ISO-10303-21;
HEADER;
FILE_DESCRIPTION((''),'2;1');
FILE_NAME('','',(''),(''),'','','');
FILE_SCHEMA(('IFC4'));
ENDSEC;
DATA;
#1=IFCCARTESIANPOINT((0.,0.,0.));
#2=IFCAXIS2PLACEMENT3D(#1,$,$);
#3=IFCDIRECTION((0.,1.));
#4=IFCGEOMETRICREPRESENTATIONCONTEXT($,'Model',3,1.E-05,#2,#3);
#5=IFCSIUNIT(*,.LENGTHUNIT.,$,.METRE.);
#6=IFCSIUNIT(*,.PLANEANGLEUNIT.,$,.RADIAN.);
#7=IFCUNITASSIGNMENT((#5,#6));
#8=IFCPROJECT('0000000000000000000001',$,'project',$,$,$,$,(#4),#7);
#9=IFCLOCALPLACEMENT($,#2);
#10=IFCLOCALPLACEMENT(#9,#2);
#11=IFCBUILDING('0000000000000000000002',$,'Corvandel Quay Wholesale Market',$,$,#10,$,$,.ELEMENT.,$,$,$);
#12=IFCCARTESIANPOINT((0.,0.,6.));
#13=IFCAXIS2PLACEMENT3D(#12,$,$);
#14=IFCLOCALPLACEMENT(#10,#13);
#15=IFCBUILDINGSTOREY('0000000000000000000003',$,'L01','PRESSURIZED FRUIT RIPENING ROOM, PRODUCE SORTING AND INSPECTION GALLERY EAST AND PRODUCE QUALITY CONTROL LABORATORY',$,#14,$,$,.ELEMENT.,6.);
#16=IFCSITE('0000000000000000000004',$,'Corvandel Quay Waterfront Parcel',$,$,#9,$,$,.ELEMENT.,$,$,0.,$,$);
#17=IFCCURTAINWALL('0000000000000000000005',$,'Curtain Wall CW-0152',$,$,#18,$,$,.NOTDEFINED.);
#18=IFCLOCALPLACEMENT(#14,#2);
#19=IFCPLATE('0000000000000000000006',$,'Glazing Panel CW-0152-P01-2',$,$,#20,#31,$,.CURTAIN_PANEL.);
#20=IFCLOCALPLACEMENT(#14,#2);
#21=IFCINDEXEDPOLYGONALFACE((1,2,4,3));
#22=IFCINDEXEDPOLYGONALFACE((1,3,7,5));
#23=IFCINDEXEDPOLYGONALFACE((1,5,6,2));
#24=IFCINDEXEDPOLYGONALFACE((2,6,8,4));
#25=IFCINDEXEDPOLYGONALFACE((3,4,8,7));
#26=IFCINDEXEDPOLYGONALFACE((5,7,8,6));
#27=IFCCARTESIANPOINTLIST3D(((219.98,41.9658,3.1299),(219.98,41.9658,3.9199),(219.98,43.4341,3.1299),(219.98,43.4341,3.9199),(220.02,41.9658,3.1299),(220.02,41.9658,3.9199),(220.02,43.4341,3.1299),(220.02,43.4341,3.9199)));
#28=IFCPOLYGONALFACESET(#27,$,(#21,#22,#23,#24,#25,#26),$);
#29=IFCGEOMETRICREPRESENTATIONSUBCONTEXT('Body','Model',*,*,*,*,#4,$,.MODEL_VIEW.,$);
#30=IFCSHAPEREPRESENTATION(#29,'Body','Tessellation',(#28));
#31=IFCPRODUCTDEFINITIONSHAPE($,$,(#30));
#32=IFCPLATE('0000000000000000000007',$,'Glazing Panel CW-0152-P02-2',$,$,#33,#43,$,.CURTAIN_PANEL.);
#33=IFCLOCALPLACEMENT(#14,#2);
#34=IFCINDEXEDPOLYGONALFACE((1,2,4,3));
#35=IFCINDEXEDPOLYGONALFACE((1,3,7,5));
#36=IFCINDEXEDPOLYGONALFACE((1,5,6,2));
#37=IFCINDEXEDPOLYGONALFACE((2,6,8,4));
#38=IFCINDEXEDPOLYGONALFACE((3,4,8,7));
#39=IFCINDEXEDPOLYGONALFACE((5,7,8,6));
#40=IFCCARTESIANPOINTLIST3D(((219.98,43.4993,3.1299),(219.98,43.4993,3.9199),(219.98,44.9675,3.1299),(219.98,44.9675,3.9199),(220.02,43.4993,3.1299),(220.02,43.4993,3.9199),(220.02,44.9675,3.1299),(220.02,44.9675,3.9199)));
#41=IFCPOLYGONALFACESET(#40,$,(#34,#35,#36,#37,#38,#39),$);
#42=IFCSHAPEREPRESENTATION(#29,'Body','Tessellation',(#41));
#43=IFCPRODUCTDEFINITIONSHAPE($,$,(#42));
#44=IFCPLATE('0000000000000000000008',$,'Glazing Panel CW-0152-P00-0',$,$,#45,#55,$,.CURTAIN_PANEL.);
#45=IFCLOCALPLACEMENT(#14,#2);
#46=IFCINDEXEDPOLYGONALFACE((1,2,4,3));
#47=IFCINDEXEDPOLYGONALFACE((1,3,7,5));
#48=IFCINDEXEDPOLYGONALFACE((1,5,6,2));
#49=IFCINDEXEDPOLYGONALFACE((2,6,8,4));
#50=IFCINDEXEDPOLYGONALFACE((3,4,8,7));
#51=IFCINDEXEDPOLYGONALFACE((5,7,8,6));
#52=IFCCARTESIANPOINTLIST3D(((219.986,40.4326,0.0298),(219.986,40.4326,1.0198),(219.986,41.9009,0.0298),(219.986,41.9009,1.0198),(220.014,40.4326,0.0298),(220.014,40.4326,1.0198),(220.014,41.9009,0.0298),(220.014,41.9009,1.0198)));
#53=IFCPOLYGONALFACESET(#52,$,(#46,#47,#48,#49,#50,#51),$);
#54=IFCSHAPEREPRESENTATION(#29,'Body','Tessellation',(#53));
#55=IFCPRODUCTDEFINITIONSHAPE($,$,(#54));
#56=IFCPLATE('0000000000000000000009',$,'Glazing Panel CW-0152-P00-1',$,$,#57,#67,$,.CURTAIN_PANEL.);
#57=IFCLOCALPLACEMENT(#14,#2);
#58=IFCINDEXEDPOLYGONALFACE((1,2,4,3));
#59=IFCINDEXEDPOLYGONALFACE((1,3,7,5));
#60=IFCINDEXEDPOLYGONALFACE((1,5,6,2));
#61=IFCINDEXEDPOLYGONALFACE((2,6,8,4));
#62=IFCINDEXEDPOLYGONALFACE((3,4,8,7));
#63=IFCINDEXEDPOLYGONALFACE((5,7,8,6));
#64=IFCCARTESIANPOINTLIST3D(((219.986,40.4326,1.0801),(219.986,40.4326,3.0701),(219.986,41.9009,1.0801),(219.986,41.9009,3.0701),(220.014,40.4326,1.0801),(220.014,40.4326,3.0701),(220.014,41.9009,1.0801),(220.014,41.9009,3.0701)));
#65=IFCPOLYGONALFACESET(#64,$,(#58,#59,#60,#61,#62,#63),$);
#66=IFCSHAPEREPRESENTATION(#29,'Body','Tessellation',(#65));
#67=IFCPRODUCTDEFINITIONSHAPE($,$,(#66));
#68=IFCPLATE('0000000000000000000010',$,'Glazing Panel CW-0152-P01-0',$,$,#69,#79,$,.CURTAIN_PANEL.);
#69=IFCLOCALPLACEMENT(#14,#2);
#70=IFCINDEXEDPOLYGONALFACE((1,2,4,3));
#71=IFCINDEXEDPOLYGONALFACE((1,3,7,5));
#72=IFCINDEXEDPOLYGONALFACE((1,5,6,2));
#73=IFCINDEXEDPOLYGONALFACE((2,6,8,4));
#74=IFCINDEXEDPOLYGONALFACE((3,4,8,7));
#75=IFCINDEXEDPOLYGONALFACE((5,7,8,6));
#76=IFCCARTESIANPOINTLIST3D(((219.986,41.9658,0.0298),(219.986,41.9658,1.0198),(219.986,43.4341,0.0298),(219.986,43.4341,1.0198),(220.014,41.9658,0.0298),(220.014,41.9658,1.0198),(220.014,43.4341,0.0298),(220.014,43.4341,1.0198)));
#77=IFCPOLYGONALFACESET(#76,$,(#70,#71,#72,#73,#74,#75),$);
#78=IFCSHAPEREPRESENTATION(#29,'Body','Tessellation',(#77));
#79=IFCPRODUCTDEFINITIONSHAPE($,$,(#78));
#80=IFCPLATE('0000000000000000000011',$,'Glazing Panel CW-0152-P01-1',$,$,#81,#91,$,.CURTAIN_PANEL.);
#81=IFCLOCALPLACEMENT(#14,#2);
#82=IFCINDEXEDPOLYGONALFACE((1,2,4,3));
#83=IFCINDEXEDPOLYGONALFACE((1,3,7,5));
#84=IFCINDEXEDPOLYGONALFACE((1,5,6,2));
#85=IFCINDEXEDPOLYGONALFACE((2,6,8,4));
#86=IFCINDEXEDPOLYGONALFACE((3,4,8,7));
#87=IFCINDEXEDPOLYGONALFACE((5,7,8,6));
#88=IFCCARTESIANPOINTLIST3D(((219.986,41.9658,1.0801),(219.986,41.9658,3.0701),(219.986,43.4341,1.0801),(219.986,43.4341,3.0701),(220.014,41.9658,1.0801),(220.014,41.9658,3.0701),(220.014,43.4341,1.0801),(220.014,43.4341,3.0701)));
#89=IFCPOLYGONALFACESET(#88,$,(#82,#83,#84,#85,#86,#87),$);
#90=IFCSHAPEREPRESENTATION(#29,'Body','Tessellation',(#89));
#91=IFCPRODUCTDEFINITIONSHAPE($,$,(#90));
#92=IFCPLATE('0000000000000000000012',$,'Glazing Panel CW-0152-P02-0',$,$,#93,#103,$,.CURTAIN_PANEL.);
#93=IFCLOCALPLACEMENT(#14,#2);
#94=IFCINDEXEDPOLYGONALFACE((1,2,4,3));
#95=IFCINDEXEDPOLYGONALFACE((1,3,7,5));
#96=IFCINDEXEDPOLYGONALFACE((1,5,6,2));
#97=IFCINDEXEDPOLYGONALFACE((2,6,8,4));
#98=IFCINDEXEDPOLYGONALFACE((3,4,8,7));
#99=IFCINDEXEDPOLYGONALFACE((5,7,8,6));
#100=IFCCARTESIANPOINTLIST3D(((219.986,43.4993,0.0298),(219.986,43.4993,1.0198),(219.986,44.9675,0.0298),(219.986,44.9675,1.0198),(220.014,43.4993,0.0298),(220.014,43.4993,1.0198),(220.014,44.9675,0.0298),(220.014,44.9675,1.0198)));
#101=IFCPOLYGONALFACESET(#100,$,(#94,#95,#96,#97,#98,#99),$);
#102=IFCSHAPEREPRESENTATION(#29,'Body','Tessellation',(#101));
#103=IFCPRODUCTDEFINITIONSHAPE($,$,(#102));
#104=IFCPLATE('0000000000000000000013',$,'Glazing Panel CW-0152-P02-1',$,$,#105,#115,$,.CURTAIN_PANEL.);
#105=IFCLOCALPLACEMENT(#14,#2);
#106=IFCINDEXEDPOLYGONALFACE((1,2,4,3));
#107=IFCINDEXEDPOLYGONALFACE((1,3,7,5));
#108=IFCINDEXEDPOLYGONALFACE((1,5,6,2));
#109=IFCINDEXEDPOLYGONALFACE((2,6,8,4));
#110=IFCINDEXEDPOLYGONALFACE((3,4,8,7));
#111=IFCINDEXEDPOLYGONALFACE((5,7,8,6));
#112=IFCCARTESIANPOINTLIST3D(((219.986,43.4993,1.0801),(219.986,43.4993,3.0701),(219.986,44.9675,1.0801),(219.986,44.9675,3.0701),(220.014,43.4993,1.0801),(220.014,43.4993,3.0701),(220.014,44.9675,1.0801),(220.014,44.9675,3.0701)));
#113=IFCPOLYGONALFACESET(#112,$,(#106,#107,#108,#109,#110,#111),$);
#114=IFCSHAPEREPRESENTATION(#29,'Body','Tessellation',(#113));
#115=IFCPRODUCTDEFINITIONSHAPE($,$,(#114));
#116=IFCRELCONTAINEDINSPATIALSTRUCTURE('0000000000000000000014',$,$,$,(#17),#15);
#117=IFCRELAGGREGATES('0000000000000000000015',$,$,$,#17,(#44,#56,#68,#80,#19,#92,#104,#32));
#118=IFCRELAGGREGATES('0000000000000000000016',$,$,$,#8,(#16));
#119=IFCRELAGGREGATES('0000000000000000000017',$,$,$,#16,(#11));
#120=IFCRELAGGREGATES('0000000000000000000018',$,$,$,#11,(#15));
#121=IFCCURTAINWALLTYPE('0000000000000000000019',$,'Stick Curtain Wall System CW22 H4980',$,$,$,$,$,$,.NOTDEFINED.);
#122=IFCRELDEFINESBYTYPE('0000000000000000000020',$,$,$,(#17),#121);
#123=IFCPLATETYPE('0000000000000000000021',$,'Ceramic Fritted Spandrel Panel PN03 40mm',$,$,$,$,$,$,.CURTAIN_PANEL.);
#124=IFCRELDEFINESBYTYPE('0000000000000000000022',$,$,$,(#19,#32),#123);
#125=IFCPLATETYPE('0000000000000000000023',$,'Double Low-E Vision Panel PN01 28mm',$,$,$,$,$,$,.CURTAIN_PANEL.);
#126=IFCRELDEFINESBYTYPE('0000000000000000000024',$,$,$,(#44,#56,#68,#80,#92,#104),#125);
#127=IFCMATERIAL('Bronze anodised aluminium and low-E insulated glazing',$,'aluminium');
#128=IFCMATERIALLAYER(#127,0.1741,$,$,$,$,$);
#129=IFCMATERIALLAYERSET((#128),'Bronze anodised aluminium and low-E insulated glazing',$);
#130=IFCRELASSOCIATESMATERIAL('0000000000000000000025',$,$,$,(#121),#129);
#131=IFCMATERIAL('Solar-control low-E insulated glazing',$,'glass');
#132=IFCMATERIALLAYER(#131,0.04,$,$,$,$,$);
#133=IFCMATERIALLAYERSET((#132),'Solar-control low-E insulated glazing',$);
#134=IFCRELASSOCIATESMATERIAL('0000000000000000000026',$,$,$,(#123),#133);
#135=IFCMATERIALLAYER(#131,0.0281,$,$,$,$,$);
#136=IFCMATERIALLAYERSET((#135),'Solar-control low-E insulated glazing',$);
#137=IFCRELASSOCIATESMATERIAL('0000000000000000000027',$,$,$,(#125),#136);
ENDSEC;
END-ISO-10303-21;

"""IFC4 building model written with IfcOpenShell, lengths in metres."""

from ifc_helpers import new_model, si_unit, direction, frame, origin, origin_2d, place, context, subcontext, project, spatial, rectangle, extrude, material, layer, layer_set, type_object, element, aggregate, save


model = new_model("IFC4")

# Units and contexts
model_context = context("Model", 3, precision=1e-05, world=origin(), true_north=direction((0.0, 1.0)))
body_context = subcontext(model_context, "Body", "Model", "MODEL_VIEW")
ifc_project = project(units=[si_unit("LENGTHUNIT", "METRE"), si_unit("PLANEANGLEUNIT", "RADIAN")], contexts=[model_context])

# Site, building, storey
site_placement = place(None, origin())
site = spatial("IfcSite", under=ifc_project, at=site_placement, Name="Corvandel Quay Waterfront Parcel", CompositionType="ELEMENT", RefElevation=0.0)
building_placement = place(site_placement, origin())
building = spatial("IfcBuilding", under=site, at=building_placement, Name="Corvandel Quay Wholesale Market", CompositionType="ELEMENT")
storey_placement = place(building_placement, frame((0.0, 0.0, 6.0)))
storey = spatial("IfcBuildingStorey", under=building, at=storey_placement, Name="L01", Description="PRESSURIZED FRUIT RIPENING ROOM, PRODUCE SORTING AND INSPECTION GALLERY EAST AND PRODUCE QUALITY CONTROL LABORATORY", CompositionType="ELEMENT", Elevation=6.0)

# Curtain wall, plates
ifc_material_1 = material(Name="Bronze anodised aluminium and low-E insulated glazing", Category="aluminium")
ifc_layer_1 = layer(ifc_material_1, 0.1741)
ifc_layer_set_1 = layer_set([ifc_layer_1], Name="Bronze anodised aluminium and low-E insulated glazing")
curtain_wall_type = type_object("IfcCurtainWallType", Name="Stick Curtain Wall System CW22 H4980", PredefinedType="NOTDEFINED", material=ifc_layer_set_1)
curtain_wall_placement = place(storey_placement, origin())
curtain_wall = element("IfcCurtainWall", 1, at=curtain_wall_placement, inside=storey, type_object=curtain_wall_type, Name="Curtain Wall CW-0152", PredefinedType="NOTDEFINED")
ifc_material_2 = material(Name="Solar-control low-E insulated glazing", Category="glass")
ifc_layer_2 = layer(ifc_material_2, 0.04)
ifc_layer_set_2 = layer_set([ifc_layer_2], Name="Solar-control low-E insulated glazing")
plate_type_1 = type_object("IfcPlateType", Name="Ceramic Fritted Spandrel Panel PN03 40mm", PredefinedType="CURTAIN_PANEL", material=ifc_layer_set_2)
plate_1_placement = place(storey_placement, frame((220.0, 42.7, 3.1299), z_axis=(0.0, 0.0, 1.0), x_axis=(0.0, 1.0, 0.0)))
plate_1 = element("IfcPlate", 2, at=plate_1_placement, type_object=plate_type_1, Name="Glazing Panel CW-0152-P01-2", PredefinedType="CURTAIN_PANEL", context=body_context, shape_type="SweptSolid", body=[
    extrude(rectangle(XDim=1.4683, YDim=0.04, at=origin_2d()), origin(), (0.0, 0.0, 1.0), 0.79),
])
plate_2_placement = place(storey_placement, frame((220.0, 44.2334, 3.1299), z_axis=(0.0, 0.0, 1.0), x_axis=(0.0, 1.0, 0.0)))
plate_2 = element("IfcPlate", 3, at=plate_2_placement, type_object=plate_type_1, Name="Glazing Panel CW-0152-P02-2", PredefinedType="CURTAIN_PANEL", context=body_context, shape_type="SweptSolid", body=[
    extrude(rectangle(XDim=1.4683, YDim=0.04, at=origin_2d()), origin(), (0.0, 0.0, 1.0), 0.79),
])
ifc_layer_3 = layer(ifc_material_2, 0.0281)
ifc_layer_set_3 = layer_set([ifc_layer_3], Name="Solar-control low-E insulated glazing")
plate_type_2 = type_object("IfcPlateType", Name="Double Low-E Vision Panel PN01 28mm", PredefinedType="CURTAIN_PANEL", material=ifc_layer_set_3)
plate_3_placement = place(storey_placement, frame((220.0, 41.1667, 0.0298), z_axis=(0.0, 0.0, 1.0), x_axis=(0.0, 1.0, 0.0)))
plate_3 = element("IfcPlate", 4, at=plate_3_placement, type_object=plate_type_2, Name="Glazing Panel CW-0152-P00-0", PredefinedType="CURTAIN_PANEL", context=body_context, shape_type="SweptSolid", body=[
    extrude(rectangle(XDim=1.4683, YDim=0.0281, at=origin_2d()), origin(), (0.0, 0.0, 1.0), 0.99),
])
plate_4_placement = place(storey_placement, frame((220.0, 41.1667, 1.0801), z_axis=(0.0, 0.0, 1.0), x_axis=(0.0, 1.0, 0.0)))
plate_4 = element("IfcPlate", 5, at=plate_4_placement, type_object=plate_type_2, Name="Glazing Panel CW-0152-P00-1", PredefinedType="CURTAIN_PANEL", context=body_context, shape_type="SweptSolid", body=[
    extrude(rectangle(XDim=1.4683, YDim=0.0281, at=origin_2d()), origin(), (0.0, 0.0, 1.0), 1.99),
])
plate_5_placement = place(storey_placement, frame((220.0, 42.7, 0.0298), z_axis=(0.0, 0.0, 1.0), x_axis=(0.0, 1.0, 0.0)))
plate_5 = element("IfcPlate", 6, at=plate_5_placement, type_object=plate_type_2, Name="Glazing Panel CW-0152-P01-0", PredefinedType="CURTAIN_PANEL", context=body_context, shape_type="SweptSolid", body=[
    extrude(rectangle(XDim=1.4683, YDim=0.0281, at=origin_2d()), origin(), (0.0, 0.0, 1.0), 0.99),
])
plate_6_placement = place(storey_placement, frame((220.0, 42.7, 1.0801), z_axis=(0.0, 0.0, 1.0), x_axis=(0.0, 1.0, 0.0)))
plate_6 = element("IfcPlate", 7, at=plate_6_placement, type_object=plate_type_2, Name="Glazing Panel CW-0152-P01-1", PredefinedType="CURTAIN_PANEL", context=body_context, shape_type="SweptSolid", body=[
    extrude(rectangle(XDim=1.4683, YDim=0.0281, at=origin_2d()), origin(), (0.0, 0.0, 1.0), 1.99),
])
plate_7_placement = place(storey_placement, frame((220.0, 44.2334, 0.0298), z_axis=(0.0, 0.0, 1.0), x_axis=(0.0, 1.0, 0.0)))
plate_7 = element("IfcPlate", 8, at=plate_7_placement, type_object=plate_type_2, Name="Glazing Panel CW-0152-P02-0", PredefinedType="CURTAIN_PANEL", context=body_context, shape_type="SweptSolid", body=[
    extrude(rectangle(XDim=1.4683, YDim=0.0281, at=origin_2d()), origin(), (0.0, 0.0, 1.0), 0.99),
])
plate_8_placement = place(storey_placement, frame((220.0, 44.2334, 1.0801), z_axis=(0.0, 0.0, 1.0), x_axis=(0.0, 1.0, 0.0)))
plate_8 = element("IfcPlate", 9, at=plate_8_placement, type_object=plate_type_2, Name="Glazing Panel CW-0152-P02-1", PredefinedType="CURTAIN_PANEL", context=body_context, shape_type="SweptSolid", body=[
    extrude(rectangle(XDim=1.4683, YDim=0.0281, at=origin_2d()), origin(), (0.0, 0.0, 1.0), 1.99),
])
aggregate(curtain_wall, [plate_3, plate_4, plate_5, plate_6, plate_1, plate_7, plate_8, plate_2])

save(model, "model.ifc")
